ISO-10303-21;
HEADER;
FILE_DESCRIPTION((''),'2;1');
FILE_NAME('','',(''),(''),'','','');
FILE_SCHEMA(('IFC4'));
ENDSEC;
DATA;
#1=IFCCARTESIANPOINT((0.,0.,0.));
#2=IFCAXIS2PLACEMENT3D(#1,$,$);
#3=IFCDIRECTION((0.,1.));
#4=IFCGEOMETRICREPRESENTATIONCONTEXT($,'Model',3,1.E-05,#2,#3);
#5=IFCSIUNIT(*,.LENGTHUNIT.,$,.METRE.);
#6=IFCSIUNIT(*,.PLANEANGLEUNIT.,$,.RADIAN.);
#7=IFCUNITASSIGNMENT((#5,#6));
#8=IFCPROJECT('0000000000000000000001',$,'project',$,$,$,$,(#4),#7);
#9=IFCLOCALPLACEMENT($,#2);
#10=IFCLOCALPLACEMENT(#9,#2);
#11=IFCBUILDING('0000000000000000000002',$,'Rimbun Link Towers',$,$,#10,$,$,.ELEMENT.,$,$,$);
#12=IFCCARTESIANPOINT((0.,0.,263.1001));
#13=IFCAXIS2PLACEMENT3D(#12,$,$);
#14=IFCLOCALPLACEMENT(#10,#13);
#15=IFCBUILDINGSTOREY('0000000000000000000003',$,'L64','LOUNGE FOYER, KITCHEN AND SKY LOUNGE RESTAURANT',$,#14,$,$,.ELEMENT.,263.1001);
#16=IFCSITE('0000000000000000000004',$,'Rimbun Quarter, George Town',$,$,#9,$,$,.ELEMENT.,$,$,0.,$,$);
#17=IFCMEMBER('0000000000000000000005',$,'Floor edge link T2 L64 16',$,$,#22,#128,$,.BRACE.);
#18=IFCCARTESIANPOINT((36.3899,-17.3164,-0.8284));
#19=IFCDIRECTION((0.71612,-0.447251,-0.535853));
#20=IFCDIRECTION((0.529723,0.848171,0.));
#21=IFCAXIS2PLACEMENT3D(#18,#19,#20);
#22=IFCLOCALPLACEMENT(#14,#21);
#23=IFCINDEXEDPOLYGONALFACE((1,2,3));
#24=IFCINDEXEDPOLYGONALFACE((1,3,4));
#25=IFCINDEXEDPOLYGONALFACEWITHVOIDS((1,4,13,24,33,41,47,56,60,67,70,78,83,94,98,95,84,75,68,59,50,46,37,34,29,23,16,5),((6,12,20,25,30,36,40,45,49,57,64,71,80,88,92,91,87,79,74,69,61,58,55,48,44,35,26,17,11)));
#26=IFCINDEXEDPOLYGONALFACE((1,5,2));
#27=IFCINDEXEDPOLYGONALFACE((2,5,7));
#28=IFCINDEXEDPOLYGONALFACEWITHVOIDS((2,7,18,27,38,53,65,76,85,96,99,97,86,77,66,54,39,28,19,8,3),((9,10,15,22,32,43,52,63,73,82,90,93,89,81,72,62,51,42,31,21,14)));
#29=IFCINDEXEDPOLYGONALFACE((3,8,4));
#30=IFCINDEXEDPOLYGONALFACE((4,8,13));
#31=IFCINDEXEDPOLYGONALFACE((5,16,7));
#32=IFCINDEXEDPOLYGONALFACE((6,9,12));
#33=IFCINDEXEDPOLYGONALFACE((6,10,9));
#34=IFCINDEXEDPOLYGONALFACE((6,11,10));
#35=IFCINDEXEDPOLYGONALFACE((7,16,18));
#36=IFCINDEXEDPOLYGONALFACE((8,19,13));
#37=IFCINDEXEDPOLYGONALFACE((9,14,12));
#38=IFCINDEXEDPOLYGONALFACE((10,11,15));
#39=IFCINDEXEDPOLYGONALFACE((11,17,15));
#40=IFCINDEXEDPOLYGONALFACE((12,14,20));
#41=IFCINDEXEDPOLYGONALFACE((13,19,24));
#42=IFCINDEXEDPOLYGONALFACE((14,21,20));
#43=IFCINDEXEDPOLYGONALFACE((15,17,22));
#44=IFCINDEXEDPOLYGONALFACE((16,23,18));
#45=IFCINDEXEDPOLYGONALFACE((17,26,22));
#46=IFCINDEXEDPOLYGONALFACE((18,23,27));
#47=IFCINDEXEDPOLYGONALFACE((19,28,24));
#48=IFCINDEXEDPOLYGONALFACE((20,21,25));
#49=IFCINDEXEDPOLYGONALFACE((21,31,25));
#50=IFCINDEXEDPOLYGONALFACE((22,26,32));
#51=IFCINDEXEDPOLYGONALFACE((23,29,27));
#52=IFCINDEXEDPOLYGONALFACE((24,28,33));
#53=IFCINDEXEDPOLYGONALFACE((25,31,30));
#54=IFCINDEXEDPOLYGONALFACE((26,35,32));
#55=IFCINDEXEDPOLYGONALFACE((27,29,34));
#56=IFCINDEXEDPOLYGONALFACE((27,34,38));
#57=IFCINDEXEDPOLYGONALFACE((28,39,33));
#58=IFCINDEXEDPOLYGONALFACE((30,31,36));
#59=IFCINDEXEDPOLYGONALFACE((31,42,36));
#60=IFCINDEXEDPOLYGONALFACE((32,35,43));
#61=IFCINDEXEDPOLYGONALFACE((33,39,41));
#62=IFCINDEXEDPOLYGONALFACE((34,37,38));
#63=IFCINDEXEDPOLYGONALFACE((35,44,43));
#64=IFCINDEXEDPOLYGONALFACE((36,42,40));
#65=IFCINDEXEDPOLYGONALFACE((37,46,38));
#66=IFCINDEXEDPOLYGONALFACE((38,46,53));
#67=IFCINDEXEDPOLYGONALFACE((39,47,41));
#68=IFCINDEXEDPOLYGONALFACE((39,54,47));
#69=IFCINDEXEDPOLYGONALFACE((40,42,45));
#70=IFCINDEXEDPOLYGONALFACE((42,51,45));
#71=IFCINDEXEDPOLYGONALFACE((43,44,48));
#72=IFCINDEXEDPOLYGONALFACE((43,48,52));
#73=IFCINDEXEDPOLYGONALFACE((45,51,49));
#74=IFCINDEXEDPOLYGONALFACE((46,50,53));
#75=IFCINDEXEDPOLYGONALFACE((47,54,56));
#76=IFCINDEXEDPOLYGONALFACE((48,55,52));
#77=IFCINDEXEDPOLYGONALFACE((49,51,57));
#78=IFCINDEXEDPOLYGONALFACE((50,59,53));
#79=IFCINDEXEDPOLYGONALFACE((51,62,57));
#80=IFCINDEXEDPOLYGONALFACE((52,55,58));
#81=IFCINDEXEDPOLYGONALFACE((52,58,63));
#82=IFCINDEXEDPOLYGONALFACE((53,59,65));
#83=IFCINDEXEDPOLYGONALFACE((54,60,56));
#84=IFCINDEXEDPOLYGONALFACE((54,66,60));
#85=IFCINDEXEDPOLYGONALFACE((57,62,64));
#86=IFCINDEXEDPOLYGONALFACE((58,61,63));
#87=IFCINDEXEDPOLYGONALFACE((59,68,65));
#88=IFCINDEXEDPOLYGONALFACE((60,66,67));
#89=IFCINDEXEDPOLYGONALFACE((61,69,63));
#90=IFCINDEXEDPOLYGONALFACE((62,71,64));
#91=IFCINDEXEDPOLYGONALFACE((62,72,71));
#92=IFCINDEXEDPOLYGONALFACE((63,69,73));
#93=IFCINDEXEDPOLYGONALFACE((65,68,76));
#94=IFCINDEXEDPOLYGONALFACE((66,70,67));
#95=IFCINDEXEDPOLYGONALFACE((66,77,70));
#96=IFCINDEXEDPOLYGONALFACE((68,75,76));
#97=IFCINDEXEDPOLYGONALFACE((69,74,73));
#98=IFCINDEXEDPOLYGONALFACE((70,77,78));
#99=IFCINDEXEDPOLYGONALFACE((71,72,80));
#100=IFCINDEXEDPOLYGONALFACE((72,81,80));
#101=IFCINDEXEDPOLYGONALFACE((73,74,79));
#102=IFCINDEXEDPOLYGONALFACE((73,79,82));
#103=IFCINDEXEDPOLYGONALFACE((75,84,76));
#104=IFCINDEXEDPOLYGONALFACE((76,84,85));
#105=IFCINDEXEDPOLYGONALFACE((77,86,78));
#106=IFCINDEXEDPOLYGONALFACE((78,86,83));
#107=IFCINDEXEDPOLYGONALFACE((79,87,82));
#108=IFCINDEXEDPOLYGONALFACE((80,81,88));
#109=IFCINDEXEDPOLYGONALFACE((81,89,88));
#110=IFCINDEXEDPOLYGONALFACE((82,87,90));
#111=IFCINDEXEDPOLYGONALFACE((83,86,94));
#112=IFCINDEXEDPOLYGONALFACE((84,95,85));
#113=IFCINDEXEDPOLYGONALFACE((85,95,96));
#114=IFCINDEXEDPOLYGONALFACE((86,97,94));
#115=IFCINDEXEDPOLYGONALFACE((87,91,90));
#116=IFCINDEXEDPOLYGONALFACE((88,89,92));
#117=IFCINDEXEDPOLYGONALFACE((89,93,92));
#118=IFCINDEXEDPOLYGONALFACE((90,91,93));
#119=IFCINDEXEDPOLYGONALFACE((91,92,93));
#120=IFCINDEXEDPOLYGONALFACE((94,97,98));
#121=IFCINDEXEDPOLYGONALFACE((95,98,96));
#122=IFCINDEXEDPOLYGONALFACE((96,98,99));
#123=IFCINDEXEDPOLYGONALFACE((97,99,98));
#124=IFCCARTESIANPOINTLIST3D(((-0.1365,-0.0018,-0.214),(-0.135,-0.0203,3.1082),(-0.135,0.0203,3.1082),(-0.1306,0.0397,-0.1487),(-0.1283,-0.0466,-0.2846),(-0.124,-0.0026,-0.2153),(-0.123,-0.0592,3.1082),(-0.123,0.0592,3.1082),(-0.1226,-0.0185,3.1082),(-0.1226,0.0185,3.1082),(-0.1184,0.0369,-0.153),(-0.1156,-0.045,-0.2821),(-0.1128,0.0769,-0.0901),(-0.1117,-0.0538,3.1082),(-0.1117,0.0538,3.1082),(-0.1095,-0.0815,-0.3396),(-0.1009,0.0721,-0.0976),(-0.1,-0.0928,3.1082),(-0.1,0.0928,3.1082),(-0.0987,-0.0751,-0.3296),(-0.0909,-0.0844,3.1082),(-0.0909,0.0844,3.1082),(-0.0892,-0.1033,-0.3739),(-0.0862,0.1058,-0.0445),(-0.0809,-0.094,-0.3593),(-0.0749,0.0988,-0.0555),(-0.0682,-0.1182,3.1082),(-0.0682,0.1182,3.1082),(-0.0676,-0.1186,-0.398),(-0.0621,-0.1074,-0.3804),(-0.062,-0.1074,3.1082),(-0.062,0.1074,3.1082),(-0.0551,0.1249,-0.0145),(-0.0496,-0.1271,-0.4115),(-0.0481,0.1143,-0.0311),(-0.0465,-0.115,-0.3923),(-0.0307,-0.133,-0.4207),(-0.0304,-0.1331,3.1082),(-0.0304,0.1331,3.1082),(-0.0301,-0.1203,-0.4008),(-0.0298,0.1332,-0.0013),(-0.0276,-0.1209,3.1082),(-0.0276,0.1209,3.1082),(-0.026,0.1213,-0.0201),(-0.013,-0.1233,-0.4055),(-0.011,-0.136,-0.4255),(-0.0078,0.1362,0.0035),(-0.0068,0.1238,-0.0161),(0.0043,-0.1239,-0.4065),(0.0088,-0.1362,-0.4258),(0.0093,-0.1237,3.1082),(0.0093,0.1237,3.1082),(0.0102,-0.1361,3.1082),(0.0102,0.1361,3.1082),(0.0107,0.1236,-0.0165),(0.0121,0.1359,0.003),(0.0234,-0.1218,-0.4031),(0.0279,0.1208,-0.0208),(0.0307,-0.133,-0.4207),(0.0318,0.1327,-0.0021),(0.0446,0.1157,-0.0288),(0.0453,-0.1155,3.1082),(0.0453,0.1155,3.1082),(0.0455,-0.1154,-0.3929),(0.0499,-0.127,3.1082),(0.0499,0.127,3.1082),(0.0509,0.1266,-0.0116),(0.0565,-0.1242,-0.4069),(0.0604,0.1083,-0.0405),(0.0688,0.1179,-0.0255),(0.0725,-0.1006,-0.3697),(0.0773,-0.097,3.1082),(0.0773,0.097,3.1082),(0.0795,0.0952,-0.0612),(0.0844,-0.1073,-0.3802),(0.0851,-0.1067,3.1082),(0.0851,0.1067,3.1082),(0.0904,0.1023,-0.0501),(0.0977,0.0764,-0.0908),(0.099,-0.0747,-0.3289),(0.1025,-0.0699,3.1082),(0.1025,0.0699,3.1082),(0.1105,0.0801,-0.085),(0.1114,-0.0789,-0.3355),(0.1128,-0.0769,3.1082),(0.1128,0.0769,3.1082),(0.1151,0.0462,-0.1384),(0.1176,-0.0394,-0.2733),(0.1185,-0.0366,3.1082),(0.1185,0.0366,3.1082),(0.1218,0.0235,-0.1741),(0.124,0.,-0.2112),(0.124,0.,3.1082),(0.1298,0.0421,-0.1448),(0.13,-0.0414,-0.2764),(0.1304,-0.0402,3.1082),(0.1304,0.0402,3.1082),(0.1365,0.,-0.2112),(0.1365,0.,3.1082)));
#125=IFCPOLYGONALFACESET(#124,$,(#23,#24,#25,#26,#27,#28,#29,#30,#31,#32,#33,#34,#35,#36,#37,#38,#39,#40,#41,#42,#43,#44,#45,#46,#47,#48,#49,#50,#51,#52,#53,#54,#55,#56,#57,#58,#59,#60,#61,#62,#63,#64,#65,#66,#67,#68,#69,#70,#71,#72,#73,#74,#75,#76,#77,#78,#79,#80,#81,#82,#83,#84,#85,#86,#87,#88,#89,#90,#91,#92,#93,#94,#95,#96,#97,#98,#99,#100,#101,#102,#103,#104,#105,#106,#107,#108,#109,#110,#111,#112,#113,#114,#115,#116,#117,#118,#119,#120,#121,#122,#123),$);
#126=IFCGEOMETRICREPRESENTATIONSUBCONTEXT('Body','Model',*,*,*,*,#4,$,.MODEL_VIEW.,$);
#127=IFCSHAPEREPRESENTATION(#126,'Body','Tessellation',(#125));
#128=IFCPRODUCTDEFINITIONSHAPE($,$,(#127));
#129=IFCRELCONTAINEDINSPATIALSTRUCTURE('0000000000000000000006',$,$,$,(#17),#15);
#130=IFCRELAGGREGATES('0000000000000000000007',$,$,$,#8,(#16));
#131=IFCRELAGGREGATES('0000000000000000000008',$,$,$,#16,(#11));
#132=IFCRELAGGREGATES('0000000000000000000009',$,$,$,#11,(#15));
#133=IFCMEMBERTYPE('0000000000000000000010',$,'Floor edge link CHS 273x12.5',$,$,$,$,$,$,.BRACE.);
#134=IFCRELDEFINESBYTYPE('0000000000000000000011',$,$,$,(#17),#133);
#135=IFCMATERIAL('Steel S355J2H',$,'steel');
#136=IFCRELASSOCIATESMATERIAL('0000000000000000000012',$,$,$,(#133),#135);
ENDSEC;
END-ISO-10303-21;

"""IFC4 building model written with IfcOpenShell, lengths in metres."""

from ifc_helpers import new_model, si_unit, direction, frame, origin, origin_2d, place, context, subcontext, project, spatial, hollow_circle, extrude, clip, halfspace, material, material_profile, profile_set, type_object, element, save


model = new_model("IFC4")

# Units and contexts
model_context = context("Model", 3, precision=1e-05, world=origin(), true_north=direction((0.0, 1.0)))
body_context = subcontext(model_context, "Body", "Model", "MODEL_VIEW")
ifc_project = project(units=[si_unit("LENGTHUNIT", "METRE"), si_unit("PLANEANGLEUNIT", "RADIAN")], contexts=[model_context])

# Site, building, storey
site_placement = place(None, origin())
site = spatial("IfcSite", under=ifc_project, at=site_placement, Name="Rimbun Quarter, George Town", CompositionType="ELEMENT", RefElevation=0.0)
building_placement = place(site_placement, origin())
building = spatial("IfcBuilding", under=site, at=building_placement, Name="Rimbun Link Towers", CompositionType="ELEMENT")
storey_placement = place(building_placement, frame((0.0, 0.0, 263.1001)))
storey = spatial("IfcBuildingStorey", under=building, at=storey_placement, Name="L64", Description="LOUNGE FOYER, KITCHEN AND SKY LOUNGE RESTAURANT", CompositionType="ELEMENT", Elevation=263.1001)

# Member
ifc_material_1 = material(Name="Steel S355J2H", Category="steel")
ifc_material_profile_1 = material_profile(ifc_material_1, hollow_circle(Radius=0.1365, WallThickness=0.0125, at=origin_2d()), Name="CHS 273x12.5")
ifc_profile_set_1 = profile_set([ifc_material_profile_1], Name="Steel S355J2H")
member_type_1 = type_object("IfcMemberType", Name="Floor edge link CHS 273x12.5", PredefinedType="BRACE", material=ifc_profile_set_1)
member_1_placement = place(storey_placement, frame((36.3899, -17.3164, -0.8284), z_axis=(0.71612, -0.447251, -0.535853), x_axis=(0.529723, 0.848171, 0.0)))
element("IfcMember", 1, at=member_1_placement, inside=storey, type_object=member_type_1, Name="Floor edge link T2 L64 16", PredefinedType="BRACE", context=body_context, shape_type="Clipping", body=[
    clip(extrude(hollow_circle(Radius=0.1365, WallThickness=0.0125, at=origin_2d()), frame((0.0, 0.0, -0.4487)), (0.0, 0.0, 1.0), 3.5569), halfspace(frame((0.0, 0.0, -0.2112), z_axis=(0.0, 0.844311, -0.535853)), False)),
])

save(model, "model.ifc")
